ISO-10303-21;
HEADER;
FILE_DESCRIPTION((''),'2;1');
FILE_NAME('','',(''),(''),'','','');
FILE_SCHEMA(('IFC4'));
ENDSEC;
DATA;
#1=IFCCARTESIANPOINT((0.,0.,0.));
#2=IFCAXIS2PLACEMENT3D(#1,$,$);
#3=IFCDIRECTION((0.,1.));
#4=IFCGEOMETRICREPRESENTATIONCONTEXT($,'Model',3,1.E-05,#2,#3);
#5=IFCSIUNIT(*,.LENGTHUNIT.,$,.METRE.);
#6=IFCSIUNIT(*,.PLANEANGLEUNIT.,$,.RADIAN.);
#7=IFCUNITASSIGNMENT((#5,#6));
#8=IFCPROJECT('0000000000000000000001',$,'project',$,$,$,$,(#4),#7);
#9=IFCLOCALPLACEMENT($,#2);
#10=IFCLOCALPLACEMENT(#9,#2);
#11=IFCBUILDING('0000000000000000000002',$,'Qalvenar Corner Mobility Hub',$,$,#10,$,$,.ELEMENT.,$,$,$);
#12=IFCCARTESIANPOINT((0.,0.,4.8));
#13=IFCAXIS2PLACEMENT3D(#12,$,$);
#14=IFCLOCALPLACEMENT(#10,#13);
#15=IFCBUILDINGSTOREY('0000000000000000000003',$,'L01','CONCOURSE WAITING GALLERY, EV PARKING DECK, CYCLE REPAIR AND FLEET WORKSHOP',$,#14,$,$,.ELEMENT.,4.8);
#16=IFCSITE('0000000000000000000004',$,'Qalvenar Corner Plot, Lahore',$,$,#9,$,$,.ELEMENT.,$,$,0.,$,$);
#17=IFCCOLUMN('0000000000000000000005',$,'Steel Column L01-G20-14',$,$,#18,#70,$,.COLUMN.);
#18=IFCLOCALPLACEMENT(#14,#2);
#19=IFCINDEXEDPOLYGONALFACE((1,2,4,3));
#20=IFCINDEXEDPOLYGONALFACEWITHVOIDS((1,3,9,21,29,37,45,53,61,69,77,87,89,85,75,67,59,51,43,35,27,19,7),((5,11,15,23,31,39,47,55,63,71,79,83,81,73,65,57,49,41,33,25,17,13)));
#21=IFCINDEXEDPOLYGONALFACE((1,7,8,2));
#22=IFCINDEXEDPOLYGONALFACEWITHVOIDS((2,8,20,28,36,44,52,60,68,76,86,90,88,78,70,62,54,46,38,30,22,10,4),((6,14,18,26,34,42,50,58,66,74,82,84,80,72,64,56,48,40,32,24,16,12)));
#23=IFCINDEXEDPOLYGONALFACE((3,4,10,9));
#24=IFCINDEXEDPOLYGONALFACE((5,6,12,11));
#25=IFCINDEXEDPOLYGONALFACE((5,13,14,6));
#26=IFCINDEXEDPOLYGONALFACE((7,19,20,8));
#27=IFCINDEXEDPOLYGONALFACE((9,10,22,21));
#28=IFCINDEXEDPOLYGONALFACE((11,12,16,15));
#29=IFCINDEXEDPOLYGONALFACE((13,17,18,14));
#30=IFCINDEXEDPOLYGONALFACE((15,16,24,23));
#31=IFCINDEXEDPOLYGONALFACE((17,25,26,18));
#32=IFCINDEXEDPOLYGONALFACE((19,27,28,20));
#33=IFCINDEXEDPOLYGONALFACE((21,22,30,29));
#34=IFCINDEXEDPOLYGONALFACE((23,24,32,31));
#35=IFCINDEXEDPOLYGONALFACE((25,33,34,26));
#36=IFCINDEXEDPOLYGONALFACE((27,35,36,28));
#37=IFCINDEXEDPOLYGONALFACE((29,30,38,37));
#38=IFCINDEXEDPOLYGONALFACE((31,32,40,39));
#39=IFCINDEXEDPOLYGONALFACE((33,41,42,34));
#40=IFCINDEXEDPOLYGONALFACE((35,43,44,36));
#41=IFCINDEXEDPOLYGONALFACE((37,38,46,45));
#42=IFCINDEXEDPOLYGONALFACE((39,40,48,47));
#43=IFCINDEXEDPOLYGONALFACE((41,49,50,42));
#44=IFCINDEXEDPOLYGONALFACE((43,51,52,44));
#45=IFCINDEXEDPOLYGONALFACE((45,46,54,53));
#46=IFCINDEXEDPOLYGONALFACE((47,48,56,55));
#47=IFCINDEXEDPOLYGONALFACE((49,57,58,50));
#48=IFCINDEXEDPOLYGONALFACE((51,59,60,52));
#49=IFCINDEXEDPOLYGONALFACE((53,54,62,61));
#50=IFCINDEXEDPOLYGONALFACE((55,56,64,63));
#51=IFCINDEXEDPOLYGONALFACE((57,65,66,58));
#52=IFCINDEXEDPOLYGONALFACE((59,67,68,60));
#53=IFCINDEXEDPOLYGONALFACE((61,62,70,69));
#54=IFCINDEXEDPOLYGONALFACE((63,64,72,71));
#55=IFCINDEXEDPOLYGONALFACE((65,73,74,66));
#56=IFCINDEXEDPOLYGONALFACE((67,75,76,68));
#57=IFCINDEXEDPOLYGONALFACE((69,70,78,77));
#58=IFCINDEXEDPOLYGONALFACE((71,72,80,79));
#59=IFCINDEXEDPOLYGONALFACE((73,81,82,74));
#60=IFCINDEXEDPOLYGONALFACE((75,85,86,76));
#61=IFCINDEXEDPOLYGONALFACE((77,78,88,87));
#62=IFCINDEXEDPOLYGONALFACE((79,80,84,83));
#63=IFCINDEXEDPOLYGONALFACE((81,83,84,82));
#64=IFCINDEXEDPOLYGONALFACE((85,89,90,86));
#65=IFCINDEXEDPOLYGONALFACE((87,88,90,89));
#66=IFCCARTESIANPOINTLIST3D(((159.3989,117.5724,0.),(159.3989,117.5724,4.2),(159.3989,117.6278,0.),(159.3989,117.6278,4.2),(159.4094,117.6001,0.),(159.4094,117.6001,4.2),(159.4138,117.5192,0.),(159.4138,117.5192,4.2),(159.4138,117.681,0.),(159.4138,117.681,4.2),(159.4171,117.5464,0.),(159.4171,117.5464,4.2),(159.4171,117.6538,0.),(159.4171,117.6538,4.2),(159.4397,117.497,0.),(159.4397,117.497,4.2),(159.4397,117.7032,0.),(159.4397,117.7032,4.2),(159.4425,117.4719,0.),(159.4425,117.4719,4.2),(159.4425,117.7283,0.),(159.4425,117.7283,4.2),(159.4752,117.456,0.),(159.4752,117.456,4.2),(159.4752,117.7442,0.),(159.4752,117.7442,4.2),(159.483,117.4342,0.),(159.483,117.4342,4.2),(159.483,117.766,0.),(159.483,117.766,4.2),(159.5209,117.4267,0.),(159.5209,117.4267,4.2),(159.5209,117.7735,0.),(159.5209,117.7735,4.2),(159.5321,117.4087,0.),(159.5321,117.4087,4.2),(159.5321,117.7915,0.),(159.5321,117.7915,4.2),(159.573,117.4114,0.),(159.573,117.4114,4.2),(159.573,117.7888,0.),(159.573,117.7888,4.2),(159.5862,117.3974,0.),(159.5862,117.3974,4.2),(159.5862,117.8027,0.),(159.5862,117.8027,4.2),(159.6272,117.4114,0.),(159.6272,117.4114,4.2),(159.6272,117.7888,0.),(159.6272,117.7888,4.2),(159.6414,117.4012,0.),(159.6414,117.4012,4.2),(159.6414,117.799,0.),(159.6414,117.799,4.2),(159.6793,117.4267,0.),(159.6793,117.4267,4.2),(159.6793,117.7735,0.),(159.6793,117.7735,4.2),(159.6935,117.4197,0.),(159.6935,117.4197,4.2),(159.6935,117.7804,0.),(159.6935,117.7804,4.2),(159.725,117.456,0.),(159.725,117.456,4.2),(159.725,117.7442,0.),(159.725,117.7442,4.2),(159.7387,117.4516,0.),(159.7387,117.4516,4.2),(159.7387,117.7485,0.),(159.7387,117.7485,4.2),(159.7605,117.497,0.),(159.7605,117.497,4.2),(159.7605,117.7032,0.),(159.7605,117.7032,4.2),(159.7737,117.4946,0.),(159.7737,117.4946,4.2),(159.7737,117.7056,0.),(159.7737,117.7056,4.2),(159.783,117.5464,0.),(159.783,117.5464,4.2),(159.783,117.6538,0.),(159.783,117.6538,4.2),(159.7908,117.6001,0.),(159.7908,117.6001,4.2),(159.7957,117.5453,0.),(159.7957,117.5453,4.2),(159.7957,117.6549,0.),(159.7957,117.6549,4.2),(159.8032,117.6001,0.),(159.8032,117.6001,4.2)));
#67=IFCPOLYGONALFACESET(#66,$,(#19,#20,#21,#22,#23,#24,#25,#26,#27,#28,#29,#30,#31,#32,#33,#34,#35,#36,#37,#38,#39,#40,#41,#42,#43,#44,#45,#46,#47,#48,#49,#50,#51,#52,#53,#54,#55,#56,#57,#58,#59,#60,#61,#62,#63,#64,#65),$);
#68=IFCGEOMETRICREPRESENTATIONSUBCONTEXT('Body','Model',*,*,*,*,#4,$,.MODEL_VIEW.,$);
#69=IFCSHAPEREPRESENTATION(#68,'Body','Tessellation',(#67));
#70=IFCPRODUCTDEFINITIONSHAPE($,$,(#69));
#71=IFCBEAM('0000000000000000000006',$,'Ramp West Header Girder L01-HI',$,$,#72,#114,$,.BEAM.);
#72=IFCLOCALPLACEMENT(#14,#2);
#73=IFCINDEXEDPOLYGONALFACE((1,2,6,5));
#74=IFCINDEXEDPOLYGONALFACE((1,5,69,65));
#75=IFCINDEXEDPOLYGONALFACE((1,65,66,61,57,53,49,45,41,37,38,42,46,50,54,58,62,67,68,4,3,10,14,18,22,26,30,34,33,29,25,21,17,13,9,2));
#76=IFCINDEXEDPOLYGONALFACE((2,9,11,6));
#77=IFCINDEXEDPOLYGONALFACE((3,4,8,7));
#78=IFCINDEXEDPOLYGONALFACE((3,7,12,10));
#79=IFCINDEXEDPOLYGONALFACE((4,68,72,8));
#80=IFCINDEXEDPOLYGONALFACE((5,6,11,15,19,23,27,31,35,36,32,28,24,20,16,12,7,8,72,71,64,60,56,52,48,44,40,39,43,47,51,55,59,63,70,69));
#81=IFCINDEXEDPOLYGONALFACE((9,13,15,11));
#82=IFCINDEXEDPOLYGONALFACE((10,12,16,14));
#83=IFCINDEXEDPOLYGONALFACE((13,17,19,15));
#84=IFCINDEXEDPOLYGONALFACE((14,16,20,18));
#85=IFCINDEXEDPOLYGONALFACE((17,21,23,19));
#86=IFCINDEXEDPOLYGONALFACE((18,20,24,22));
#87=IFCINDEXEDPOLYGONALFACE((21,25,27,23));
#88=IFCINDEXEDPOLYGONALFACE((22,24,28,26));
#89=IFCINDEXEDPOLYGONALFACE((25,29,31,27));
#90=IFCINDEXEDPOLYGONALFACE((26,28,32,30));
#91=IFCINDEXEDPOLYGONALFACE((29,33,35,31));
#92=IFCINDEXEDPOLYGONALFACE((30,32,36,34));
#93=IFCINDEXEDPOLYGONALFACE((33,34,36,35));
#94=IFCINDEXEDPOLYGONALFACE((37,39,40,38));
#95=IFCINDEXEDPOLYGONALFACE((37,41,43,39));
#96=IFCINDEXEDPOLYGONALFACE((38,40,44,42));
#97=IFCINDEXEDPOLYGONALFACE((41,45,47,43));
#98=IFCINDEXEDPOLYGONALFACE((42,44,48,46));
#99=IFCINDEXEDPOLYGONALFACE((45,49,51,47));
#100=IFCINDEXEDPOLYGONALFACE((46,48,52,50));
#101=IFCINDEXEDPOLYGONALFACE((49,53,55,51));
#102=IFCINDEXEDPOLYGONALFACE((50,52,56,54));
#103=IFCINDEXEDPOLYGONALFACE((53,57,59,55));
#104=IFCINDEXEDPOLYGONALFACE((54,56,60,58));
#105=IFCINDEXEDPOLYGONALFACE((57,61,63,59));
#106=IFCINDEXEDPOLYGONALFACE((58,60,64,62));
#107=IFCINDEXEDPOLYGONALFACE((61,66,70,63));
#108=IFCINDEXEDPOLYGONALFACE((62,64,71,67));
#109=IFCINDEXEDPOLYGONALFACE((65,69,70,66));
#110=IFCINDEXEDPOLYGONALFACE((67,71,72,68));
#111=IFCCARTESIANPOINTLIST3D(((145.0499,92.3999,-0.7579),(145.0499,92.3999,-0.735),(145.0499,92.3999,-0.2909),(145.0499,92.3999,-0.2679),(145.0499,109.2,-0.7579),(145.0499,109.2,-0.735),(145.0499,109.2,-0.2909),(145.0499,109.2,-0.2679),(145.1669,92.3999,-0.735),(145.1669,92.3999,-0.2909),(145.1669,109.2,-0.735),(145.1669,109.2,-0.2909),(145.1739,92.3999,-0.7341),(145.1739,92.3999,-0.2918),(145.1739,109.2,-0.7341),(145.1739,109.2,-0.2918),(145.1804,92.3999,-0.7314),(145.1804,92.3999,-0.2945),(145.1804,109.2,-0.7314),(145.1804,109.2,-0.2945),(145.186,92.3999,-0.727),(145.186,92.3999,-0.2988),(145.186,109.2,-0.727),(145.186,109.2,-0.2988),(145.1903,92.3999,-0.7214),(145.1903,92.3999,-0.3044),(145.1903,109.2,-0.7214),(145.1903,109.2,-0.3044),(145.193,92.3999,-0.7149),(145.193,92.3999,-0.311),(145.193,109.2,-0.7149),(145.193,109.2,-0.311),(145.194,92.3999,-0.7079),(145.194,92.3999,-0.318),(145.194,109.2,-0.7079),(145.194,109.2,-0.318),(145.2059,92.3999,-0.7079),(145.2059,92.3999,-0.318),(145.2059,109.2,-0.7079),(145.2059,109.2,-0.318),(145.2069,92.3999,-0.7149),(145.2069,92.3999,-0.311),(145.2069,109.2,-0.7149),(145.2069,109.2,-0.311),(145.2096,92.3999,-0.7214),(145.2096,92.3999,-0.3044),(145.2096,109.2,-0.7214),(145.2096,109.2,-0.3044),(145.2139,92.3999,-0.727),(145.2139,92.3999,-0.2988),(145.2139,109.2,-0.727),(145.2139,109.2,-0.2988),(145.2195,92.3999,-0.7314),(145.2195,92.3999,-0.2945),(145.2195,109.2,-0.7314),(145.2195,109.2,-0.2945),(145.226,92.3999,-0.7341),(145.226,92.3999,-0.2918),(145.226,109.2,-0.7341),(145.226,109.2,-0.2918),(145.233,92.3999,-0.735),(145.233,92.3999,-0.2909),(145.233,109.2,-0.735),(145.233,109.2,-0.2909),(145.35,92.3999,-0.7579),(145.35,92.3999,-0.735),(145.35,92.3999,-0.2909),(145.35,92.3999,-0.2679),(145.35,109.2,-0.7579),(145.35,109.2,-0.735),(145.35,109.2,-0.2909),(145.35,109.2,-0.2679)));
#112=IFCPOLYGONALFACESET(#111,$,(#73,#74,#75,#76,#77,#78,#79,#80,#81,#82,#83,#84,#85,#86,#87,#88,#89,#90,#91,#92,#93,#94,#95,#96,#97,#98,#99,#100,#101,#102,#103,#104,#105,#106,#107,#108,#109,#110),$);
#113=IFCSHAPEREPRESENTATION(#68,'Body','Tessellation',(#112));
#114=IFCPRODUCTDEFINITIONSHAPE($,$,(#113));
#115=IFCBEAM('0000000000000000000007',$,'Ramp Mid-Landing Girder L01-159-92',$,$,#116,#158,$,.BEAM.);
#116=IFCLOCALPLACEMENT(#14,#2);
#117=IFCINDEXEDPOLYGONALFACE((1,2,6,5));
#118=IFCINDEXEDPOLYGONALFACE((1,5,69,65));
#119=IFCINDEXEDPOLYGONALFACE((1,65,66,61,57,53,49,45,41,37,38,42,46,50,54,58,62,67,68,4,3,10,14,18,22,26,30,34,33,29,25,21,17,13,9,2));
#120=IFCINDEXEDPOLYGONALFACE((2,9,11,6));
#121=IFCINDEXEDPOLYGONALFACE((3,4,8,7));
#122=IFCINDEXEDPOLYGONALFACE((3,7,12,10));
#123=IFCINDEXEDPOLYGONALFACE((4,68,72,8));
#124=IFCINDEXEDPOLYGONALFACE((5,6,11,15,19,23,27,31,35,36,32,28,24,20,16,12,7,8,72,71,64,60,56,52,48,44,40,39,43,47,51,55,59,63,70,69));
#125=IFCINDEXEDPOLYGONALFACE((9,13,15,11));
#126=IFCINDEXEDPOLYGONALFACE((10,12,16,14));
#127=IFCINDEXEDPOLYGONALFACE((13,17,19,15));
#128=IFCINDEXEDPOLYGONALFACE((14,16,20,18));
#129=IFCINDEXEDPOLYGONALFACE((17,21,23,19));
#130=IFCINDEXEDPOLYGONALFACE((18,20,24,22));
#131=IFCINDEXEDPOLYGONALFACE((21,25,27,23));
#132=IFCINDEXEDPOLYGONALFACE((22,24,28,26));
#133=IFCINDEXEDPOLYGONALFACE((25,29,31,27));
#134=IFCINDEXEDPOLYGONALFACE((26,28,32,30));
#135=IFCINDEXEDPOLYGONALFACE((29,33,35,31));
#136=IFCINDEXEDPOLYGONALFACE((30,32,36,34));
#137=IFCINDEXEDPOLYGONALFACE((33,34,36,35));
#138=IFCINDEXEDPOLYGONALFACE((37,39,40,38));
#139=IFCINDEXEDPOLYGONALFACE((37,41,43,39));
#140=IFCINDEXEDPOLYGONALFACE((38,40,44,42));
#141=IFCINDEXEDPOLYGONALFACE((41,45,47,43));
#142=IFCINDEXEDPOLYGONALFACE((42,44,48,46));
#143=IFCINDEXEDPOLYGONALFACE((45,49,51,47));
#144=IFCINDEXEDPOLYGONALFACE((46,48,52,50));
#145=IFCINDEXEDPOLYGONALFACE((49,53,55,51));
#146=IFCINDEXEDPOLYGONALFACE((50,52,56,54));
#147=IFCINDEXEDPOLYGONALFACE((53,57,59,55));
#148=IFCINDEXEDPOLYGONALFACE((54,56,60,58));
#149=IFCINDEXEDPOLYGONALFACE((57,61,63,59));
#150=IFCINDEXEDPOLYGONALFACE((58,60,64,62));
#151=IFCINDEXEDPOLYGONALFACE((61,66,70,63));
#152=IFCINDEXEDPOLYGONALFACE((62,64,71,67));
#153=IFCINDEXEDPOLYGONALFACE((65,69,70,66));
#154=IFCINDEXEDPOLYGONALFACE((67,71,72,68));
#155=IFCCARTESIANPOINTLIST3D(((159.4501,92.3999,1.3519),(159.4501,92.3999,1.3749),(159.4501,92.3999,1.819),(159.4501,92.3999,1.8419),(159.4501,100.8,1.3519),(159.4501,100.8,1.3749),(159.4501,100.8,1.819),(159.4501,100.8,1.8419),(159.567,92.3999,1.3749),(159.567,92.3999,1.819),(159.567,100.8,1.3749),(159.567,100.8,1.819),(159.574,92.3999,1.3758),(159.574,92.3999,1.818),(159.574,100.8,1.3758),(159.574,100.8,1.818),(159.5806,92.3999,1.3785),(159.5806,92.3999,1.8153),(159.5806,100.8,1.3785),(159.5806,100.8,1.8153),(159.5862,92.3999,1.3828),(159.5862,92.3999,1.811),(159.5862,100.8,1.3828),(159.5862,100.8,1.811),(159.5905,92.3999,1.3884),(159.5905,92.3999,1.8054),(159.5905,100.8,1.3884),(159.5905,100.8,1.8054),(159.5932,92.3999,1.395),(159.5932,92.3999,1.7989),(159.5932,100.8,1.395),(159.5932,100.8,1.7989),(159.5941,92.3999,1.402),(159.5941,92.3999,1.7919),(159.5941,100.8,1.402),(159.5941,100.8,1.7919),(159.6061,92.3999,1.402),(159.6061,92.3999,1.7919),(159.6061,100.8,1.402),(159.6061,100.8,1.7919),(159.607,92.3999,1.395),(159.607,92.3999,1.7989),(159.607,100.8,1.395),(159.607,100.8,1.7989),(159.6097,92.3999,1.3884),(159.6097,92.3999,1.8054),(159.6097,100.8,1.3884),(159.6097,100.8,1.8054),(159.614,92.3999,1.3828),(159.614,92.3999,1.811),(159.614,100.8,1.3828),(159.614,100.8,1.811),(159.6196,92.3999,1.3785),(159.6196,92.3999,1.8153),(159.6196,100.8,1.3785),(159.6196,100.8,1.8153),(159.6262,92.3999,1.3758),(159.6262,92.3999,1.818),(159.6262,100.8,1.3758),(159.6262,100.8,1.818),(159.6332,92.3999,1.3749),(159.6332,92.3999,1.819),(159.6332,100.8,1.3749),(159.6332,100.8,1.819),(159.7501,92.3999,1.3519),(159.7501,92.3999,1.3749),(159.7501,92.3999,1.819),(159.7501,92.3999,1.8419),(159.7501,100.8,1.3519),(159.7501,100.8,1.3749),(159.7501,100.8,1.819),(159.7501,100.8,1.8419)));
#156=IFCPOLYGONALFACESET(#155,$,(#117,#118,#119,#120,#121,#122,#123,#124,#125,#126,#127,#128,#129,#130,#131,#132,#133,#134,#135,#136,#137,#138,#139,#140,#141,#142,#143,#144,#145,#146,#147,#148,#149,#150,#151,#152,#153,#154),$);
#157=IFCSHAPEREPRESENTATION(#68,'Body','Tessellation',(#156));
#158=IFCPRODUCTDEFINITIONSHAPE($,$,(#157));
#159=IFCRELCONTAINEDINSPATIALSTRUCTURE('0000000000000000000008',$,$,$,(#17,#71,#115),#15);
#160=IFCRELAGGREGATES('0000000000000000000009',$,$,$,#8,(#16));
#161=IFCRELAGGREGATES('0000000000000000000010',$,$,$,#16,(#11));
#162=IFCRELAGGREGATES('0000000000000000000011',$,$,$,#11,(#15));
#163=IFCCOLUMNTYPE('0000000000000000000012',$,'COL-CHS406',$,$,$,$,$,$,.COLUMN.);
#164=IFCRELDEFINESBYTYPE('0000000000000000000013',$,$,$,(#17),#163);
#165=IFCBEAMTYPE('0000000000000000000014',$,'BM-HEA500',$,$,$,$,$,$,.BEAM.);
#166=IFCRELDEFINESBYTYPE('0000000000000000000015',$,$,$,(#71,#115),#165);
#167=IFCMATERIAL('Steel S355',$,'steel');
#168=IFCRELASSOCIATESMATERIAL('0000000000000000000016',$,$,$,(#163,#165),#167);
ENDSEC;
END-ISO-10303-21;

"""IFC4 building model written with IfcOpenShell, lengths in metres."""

from ifc_helpers import new_model, si_unit, direction, frame, origin, origin_2d, place, context, subcontext, project, spatial, hollow_circle, i_section, extrude, material, material_profile, profile_set, type_object, element, save


model = new_model("IFC4")

# Units and contexts
model_context = context("Model", 3, precision=1e-05, world=origin(), true_north=direction((0.0, 1.0)))
body_context = subcontext(model_context, "Body", "Model", "MODEL_VIEW")
ifc_project = project(units=[si_unit("LENGTHUNIT", "METRE"), si_unit("PLANEANGLEUNIT", "RADIAN")], contexts=[model_context])

# Site, building, storey
site_placement = place(None, origin())
site = spatial("IfcSite", under=ifc_project, at=site_placement, Name="Qalvenar Corner Plot, Lahore", CompositionType="ELEMENT", RefElevation=0.0)
building_placement = place(site_placement, origin())
building = spatial("IfcBuilding", under=site, at=building_placement, Name="Qalvenar Corner Mobility Hub", CompositionType="ELEMENT")
storey_placement = place(building_placement, frame((0.0, 0.0, 4.8)))
storey = spatial("IfcBuildingStorey", under=building, at=storey_placement, Name="L01", Description="CONCOURSE WAITING GALLERY, EV PARKING DECK, CYCLE REPAIR AND FLEET WORKSHOP", CompositionType="ELEMENT", Elevation=4.8)

# Column
ifc_material_1 = material(Name="Steel S355", Category="steel")
ifc_material_profile_1 = material_profile(ifc_material_1, hollow_circle(Radius=0.2031, WallThickness=0.0125, at=origin_2d()), Name="CHS406.4x12.5")
ifc_profile_set_1 = profile_set([ifc_material_profile_1], Name="Steel S355")
column_type = type_object("IfcColumnType", Name="COL-CHS406", PredefinedType="COLUMN", material=ifc_profile_set_1)
for number, where, z_axis, x_axis, name in (
    (1, (159.6001, 117.6001, 0.0), (0.0, 0.0, 1.0), (1.0, 0.0, 0.0), "Steel Column L01-G20-14"),
):
    element("IfcColumn", number, at=place(storey_placement, frame(where, z_axis=z_axis, x_axis=x_axis)), inside=storey, type_object=column_type, Name=name, PredefinedType="COLUMN", context=body_context, shape_type="SweptSolid", body=[
        extrude(hollow_circle(Radius=0.2031, WallThickness=0.0125, at=origin_2d()), origin(), (0.0, 0.0, 1.0), 4.2),
    ])

# Beams
ifc_material_profile_2 = material_profile(ifc_material_1, i_section(OverallWidth=0.3, OverallDepth=0.49, WebThickness=0.012, FlangeThickness=0.0229, FilletRadius=0.0271, at=origin_2d()), Name="HEA500")
ifc_profile_set_2 = profile_set([ifc_material_profile_2], Name="Steel S355")
beam_type_1 = type_object("IfcBeamType", Name="BM-HEA500", PredefinedType="BEAM", material=ifc_profile_set_2)
beam_1_placement = place(storey_placement, frame((145.2, 92.3999, -0.5129), z_axis=(0.0, 1.0, 0.0), x_axis=(-1.0, 0.0, 0.0)))
element("IfcBeam", 2, at=beam_1_placement, inside=storey, type_object=beam_type_1, Name="Ramp West Header Girder L01-HI", PredefinedType="BEAM", context=body_context, shape_type="SweptSolid", body=[
    extrude(i_section(OverallWidth=0.3, OverallDepth=0.49, WebThickness=0.012, FlangeThickness=0.0229, FilletRadius=0.0271, at=origin_2d()), origin(), (0.0, 0.0, 1.0), 16.8),
])
beam_2_placement = place(storey_placement, frame((159.6001, 92.3999, 1.5969), z_axis=(0.0, 1.0, 0.0), x_axis=(-1.0, 0.0, 0.0)))
element("IfcBeam", 3, at=beam_2_placement, inside=storey, type_object=beam_type_1, Name="Ramp Mid-Landing Girder L01-159-92", PredefinedType="BEAM", context=body_context, shape_type="SweptSolid", body=[
    extrude(i_section(OverallWidth=0.3, OverallDepth=0.49, WebThickness=0.012, FlangeThickness=0.0229, FilletRadius=0.0271, at=origin_2d()), origin(), (0.0, 0.0, 1.0), 8.4001),
])

save(model, "model.ifc")
